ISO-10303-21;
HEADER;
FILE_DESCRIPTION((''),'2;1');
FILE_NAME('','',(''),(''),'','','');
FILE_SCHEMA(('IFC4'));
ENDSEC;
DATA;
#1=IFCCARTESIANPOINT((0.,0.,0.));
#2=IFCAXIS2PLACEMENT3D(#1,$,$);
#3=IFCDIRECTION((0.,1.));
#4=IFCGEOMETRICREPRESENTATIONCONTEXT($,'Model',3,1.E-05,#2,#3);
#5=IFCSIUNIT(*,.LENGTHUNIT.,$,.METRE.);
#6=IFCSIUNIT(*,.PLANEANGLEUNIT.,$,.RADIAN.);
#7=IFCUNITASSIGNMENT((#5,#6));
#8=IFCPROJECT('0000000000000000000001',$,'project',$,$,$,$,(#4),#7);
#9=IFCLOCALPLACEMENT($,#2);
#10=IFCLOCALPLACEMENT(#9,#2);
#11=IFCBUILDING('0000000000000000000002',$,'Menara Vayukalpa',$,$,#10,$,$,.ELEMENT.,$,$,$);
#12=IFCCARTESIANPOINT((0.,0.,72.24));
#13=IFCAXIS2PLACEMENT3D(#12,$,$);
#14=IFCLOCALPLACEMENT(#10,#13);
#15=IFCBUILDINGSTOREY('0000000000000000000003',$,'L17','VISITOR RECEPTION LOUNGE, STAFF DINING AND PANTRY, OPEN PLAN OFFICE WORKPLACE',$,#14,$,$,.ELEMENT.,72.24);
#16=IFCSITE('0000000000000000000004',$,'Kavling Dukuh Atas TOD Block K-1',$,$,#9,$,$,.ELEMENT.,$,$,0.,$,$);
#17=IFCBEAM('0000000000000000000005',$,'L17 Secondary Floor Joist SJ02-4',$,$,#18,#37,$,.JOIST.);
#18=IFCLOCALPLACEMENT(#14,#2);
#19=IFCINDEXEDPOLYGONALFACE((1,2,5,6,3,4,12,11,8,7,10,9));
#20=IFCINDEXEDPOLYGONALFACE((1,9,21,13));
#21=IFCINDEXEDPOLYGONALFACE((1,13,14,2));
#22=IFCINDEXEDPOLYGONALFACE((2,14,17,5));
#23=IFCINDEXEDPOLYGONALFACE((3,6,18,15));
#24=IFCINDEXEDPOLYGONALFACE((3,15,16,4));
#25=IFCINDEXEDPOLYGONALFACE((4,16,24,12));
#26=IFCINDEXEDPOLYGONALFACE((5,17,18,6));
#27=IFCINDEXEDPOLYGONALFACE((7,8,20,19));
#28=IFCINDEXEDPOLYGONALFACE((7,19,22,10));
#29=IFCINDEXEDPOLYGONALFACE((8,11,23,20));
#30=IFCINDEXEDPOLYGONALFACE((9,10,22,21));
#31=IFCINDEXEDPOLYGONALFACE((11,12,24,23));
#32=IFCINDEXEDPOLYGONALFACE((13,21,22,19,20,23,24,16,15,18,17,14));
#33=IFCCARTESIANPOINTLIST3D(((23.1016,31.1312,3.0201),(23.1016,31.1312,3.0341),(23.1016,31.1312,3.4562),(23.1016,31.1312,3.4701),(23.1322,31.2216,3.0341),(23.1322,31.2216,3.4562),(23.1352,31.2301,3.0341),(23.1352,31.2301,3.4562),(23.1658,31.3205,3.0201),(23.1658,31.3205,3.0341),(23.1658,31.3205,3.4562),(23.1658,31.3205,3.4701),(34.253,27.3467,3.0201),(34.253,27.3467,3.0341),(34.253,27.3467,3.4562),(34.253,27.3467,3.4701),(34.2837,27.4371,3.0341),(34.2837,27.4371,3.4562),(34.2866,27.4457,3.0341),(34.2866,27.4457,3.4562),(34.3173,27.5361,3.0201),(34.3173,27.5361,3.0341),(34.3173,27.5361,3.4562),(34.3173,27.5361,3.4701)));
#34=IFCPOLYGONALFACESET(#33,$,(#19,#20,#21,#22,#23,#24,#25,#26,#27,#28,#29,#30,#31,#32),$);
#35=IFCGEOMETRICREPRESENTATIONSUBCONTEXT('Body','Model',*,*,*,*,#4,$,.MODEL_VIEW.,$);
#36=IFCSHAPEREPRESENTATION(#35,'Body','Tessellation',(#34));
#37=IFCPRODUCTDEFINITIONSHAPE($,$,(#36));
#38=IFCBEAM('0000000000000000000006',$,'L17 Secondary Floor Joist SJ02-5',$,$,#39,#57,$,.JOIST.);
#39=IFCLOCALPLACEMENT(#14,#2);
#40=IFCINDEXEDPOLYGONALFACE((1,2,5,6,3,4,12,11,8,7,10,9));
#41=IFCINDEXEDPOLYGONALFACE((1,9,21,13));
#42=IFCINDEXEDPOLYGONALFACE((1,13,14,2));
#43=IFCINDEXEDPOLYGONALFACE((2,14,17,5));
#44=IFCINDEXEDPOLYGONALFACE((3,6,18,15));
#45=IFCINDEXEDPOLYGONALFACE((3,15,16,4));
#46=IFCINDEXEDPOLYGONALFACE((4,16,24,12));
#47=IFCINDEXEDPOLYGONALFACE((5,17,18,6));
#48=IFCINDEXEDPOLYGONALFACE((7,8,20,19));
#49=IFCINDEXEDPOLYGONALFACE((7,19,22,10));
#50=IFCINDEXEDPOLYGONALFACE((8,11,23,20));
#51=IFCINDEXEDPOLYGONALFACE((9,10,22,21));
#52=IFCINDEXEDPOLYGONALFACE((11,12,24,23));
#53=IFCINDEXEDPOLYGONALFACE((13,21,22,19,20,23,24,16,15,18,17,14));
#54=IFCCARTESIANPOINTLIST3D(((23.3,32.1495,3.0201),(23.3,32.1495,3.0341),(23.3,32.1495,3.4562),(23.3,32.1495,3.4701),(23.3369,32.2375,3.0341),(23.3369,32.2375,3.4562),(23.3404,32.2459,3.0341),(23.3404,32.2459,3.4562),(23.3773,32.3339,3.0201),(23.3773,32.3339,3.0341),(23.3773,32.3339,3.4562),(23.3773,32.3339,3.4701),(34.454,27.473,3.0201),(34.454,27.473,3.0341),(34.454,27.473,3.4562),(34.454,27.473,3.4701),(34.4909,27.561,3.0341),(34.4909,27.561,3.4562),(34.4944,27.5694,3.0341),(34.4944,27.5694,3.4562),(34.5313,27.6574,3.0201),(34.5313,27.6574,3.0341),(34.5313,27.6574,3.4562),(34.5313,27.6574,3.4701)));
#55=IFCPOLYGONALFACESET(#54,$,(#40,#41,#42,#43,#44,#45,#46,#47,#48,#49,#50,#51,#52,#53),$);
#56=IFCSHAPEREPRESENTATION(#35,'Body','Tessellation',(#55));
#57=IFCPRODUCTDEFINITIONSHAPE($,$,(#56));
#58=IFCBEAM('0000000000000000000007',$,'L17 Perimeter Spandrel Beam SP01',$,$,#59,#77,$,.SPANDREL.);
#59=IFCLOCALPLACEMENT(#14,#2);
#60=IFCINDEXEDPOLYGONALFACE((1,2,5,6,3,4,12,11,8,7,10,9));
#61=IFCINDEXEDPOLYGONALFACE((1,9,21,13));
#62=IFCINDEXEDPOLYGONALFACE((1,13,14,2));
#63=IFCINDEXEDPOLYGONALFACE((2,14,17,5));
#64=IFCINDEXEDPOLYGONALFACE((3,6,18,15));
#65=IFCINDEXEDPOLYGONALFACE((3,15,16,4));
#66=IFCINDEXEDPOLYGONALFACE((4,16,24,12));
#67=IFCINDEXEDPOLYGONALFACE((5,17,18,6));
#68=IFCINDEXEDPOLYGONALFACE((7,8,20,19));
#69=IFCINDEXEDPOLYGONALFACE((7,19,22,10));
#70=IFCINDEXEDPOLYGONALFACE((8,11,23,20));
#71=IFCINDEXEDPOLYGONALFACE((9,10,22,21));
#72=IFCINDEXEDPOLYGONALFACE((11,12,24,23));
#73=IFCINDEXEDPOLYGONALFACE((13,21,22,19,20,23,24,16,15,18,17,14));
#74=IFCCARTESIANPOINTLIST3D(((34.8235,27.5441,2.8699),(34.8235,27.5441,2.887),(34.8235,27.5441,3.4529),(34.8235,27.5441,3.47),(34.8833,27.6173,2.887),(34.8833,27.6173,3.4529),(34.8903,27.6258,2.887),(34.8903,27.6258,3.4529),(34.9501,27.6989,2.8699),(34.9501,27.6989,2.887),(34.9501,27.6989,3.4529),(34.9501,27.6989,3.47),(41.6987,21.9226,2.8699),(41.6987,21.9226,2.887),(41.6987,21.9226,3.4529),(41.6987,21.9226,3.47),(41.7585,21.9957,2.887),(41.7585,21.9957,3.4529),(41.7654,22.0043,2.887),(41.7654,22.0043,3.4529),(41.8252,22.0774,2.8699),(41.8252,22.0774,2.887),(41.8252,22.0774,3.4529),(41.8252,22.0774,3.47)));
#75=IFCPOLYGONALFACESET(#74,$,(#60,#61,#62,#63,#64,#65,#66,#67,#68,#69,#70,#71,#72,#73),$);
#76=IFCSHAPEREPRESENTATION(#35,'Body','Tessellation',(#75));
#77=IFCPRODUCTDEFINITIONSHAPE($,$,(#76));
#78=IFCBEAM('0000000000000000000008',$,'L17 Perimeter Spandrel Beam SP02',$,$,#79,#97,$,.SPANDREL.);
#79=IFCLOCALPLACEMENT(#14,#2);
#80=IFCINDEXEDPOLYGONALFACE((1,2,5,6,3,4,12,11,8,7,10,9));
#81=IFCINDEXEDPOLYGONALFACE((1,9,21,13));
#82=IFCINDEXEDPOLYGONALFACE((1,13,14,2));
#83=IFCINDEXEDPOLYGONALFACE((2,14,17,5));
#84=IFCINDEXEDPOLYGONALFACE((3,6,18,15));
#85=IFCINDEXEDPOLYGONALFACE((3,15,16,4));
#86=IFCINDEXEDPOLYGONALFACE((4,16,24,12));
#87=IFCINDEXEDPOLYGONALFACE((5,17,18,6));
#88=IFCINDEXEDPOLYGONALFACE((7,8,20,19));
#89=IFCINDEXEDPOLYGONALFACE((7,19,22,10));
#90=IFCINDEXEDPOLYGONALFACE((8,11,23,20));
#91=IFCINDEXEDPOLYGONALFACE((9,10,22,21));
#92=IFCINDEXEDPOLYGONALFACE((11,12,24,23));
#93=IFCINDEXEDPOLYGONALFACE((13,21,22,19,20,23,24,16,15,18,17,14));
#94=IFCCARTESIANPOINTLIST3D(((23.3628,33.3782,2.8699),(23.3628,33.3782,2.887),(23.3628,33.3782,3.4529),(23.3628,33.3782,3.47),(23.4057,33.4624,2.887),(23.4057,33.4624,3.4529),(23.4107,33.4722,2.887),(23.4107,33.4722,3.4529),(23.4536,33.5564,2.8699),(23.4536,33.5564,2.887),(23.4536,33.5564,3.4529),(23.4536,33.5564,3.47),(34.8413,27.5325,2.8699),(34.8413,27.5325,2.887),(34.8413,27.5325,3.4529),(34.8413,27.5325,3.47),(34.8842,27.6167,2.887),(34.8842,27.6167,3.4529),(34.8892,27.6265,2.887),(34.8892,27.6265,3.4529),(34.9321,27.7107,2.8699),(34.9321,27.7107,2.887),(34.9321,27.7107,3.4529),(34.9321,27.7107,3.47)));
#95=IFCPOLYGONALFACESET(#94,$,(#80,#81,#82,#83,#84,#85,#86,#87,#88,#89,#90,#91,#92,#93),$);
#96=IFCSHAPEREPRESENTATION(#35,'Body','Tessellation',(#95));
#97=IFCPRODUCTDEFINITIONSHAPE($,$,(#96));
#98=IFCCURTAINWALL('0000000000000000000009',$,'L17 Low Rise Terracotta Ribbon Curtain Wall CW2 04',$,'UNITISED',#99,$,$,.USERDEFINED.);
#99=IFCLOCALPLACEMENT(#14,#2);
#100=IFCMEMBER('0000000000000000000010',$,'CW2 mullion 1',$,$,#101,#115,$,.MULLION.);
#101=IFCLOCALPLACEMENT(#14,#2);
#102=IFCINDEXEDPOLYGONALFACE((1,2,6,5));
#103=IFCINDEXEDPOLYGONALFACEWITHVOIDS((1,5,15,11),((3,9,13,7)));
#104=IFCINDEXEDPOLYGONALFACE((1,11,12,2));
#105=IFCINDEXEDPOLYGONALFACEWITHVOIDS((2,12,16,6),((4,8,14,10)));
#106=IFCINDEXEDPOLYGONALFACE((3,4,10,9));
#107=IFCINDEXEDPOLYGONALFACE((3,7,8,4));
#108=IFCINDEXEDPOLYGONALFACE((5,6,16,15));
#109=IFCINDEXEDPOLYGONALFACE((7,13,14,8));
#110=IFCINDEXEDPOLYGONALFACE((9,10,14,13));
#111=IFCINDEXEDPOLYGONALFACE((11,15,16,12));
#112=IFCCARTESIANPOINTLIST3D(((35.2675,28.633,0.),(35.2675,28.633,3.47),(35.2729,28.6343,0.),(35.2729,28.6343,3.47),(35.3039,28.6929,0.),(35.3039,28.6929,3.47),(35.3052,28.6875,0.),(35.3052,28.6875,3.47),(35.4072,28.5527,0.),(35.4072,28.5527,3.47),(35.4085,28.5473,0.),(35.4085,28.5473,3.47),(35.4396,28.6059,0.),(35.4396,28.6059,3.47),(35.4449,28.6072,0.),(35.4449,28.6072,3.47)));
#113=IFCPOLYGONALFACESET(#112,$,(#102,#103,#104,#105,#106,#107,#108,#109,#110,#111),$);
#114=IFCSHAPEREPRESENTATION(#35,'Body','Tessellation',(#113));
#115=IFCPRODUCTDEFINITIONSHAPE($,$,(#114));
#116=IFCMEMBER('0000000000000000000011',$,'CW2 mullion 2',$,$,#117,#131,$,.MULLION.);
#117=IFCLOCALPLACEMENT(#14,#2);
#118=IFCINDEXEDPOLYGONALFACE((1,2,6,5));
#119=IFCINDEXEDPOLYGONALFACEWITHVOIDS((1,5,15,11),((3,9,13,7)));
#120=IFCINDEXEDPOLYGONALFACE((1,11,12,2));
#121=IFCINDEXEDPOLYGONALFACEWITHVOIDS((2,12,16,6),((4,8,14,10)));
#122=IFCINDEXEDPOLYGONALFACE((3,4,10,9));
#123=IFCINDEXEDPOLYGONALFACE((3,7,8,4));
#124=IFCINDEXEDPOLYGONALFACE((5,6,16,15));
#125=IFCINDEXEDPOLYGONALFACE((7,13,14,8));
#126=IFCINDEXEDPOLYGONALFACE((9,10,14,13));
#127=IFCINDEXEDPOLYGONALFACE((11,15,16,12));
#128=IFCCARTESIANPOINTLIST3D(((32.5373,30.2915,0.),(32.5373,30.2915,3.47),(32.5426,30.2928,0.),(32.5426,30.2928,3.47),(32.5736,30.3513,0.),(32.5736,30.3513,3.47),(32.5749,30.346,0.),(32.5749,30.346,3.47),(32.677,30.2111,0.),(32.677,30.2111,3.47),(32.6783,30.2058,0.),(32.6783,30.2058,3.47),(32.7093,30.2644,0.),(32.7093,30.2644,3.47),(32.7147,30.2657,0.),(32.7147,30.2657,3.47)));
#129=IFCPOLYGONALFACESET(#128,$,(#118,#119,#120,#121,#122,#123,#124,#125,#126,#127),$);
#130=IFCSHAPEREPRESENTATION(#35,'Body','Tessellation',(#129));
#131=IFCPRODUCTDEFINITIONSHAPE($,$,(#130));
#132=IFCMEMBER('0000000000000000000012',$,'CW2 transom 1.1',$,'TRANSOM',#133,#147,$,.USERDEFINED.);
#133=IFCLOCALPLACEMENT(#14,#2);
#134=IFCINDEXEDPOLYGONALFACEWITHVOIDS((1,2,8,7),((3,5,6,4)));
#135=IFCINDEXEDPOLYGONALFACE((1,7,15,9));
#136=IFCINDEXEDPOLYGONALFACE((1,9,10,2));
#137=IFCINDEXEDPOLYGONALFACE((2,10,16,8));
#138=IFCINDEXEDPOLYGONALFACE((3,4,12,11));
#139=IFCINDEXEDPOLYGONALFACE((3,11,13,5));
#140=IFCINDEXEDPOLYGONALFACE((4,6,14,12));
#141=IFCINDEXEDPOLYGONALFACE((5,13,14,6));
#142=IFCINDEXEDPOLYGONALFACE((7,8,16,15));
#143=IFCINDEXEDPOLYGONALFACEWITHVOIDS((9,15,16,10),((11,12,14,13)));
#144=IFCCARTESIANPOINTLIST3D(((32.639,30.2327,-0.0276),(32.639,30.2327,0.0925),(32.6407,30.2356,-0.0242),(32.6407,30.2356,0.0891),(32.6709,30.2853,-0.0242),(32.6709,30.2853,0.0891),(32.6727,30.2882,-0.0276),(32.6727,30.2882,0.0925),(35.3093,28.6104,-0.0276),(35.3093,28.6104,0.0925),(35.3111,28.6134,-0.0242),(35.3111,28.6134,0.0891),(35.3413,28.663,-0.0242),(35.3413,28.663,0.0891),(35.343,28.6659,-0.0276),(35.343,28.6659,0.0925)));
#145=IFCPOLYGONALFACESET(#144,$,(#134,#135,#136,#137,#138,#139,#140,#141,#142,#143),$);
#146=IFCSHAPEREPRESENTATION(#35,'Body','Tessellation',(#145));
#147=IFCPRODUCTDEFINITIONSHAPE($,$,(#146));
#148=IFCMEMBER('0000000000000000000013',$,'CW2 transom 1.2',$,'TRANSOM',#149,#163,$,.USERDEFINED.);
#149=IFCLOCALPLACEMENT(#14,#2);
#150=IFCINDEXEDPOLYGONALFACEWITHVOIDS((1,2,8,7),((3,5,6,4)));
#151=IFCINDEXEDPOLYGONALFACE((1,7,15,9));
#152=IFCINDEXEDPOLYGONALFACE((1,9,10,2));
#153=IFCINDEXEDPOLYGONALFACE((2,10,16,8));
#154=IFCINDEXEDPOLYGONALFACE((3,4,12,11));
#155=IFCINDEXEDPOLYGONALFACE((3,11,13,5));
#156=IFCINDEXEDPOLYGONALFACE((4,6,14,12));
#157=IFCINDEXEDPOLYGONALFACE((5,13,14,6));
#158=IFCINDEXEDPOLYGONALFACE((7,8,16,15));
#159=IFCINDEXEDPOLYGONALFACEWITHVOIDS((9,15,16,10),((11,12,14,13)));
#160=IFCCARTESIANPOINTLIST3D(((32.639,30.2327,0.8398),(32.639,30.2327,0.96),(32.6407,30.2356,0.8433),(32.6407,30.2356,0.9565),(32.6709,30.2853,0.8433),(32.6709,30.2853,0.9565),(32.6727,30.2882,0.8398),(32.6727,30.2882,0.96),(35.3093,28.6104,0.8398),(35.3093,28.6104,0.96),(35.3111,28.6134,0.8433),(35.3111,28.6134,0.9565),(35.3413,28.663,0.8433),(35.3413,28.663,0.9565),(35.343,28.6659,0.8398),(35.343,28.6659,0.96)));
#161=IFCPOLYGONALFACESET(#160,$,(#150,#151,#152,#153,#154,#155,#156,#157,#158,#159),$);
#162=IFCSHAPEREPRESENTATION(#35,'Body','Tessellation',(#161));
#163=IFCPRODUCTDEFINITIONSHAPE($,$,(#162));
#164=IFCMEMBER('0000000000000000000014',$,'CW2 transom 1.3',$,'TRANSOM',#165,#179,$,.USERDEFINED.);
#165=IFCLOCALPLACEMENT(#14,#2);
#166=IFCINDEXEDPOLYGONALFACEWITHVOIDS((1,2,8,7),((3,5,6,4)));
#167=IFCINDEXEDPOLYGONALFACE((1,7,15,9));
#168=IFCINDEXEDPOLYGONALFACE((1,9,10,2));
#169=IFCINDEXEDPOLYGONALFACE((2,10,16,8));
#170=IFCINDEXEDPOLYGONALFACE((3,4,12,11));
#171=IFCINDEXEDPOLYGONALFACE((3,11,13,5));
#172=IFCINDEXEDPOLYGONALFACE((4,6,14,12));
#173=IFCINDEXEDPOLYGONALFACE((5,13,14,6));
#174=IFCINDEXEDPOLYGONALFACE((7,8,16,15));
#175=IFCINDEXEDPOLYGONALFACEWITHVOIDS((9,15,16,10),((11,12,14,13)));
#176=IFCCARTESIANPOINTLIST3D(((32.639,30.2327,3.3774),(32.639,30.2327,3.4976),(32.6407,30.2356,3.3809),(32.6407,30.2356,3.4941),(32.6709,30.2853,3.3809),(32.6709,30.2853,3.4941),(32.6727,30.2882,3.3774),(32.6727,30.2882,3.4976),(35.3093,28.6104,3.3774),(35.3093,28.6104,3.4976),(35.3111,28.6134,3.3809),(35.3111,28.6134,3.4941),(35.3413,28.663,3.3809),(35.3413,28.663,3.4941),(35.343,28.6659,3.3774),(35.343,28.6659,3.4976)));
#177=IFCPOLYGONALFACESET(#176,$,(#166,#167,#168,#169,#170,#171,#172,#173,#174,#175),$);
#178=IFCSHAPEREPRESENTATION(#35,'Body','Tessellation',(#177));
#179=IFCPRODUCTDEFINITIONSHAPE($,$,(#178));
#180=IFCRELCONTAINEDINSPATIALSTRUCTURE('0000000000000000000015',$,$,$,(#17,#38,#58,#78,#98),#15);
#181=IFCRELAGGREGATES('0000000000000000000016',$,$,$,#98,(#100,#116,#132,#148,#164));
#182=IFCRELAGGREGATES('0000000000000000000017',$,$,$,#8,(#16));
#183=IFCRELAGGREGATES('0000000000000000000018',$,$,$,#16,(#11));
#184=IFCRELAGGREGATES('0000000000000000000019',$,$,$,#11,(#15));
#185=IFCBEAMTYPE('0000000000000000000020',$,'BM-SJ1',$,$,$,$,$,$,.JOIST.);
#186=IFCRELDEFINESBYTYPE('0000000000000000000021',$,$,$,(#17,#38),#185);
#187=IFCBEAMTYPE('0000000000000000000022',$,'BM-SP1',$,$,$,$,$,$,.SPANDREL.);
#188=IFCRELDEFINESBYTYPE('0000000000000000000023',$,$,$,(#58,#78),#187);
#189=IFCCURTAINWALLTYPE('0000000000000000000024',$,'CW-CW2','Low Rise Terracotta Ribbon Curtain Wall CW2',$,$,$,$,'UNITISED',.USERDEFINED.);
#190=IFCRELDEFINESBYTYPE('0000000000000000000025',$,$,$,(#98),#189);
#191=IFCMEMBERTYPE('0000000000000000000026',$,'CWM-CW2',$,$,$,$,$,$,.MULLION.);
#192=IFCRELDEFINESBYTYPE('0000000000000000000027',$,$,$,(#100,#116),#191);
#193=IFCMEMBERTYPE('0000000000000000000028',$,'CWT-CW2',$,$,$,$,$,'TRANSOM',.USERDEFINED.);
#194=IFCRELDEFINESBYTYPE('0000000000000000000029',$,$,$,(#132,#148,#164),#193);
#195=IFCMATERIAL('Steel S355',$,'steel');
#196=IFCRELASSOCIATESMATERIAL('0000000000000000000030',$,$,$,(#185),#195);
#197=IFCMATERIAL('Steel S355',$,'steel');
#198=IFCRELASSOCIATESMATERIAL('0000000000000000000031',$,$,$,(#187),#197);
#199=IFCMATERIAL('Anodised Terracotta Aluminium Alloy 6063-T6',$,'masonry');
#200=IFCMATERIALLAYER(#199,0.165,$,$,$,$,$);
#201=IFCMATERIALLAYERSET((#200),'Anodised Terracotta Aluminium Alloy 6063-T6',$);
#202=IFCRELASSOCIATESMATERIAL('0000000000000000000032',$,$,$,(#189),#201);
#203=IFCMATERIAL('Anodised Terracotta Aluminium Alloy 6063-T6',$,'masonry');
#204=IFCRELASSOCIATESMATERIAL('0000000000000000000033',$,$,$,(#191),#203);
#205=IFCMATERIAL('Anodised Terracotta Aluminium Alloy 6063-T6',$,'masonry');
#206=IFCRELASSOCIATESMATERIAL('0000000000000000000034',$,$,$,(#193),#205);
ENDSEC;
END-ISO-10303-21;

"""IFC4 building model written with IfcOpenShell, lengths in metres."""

from ifc_helpers import new_model, si_unit, direction, frame, origin, origin_2d, place, context, subcontext, project, spatial, hollow_rectangle, i_section, extrude, material, layer, layer_set, material_profile, profile_set, type_object, element, aggregate, save


model = new_model("IFC4")

# Units and contexts
model_context = context("Model", 3, precision=1e-05, world=origin(), true_north=direction((0.0, 1.0)))
body_context = subcontext(model_context, "Body", "Model", "MODEL_VIEW")
ifc_project = project(units=[si_unit("LENGTHUNIT", "METRE"), si_unit("PLANEANGLEUNIT", "RADIAN")], contexts=[model_context])

# Site, building, storey
site_placement = place(None, origin())
site = spatial("IfcSite", under=ifc_project, at=site_placement, Name="Kavling Dukuh Atas TOD Block K-1", CompositionType="ELEMENT", RefElevation=0.0)
building_placement = place(site_placement, origin())
building = spatial("IfcBuilding", under=site, at=building_placement, Name="Menara Vayukalpa", CompositionType="ELEMENT")
storey_placement = place(building_placement, frame((0.0, 0.0, 72.24)))
storey = spatial("IfcBuildingStorey", under=building, at=storey_placement, Name="L17", Description="VISITOR RECEPTION LOUNGE, STAFF DINING AND PANTRY, OPEN PLAN OFFICE WORKPLACE", CompositionType="ELEMENT", Elevation=72.24)

# Beams
ifc_material_1 = material(Name="Steel S355", Category="steel")
ifc_material_profile_1 = material_profile(ifc_material_1, i_section(OverallWidth=0.2, OverallDepth=0.45, WebThickness=0.009, FlangeThickness=0.0139, at=origin_2d()), Name="WF 450x200x9x14")
ifc_profile_set_1 = profile_set([ifc_material_profile_1], Name="Steel S355")
beam_type_1 = type_object("IfcBeamType", Name="BM-SJ1", PredefinedType="JOIST", material=ifc_profile_set_1)
beam_1_placement = place(storey_placement, frame((34.2852, 27.4414, 3.2451), z_axis=(-0.946955, 0.321367, 0.0), x_axis=(-0.321367, -0.946955, 0.0)))
element("IfcBeam", 1, at=beam_1_placement, inside=storey, type_object=beam_type_1, Name="L17 Secondary Floor Joist SJ02-4", PredefinedType="JOIST", context=body_context, shape_type="SweptSolid", body=[
    extrude(i_section(OverallWidth=0.2, OverallDepth=0.45, WebThickness=0.009, FlangeThickness=0.0139, at=origin_2d()), origin(), (0.0, 0.0, 1.0), 11.7761),
])
beam_2_placement = place(storey_placement, frame((34.4927, 27.5652, 3.2451), z_axis=(-0.922224, 0.386657, 0.0), x_axis=(-0.386657, -0.922224, 0.0)))
element("IfcBeam", 2, at=beam_2_placement, inside=storey, type_object=beam_type_1, Name="L17 Secondary Floor Joist SJ02-5", PredefinedType="JOIST", context=body_context, shape_type="SweptSolid", body=[
    extrude(i_section(OverallWidth=0.2, OverallDepth=0.45, WebThickness=0.009, FlangeThickness=0.0139, at=origin_2d()), origin(), (0.0, 0.0, 1.0), 12.0947),
])
ifc_material_2 = material(Name="Steel S355", Category="steel")
ifc_material_profile_2 = material_profile(ifc_material_2, i_section(OverallWidth=0.2, OverallDepth=0.6001, WebThickness=0.011, FlangeThickness=0.0171, at=origin_2d()), Name="WF 600x200x11x17")
ifc_profile_set_2 = profile_set([ifc_material_profile_2], Name="Steel S355")
beam_type_2 = type_object("IfcBeamType", Name="BM-SP1", PredefinedType="SPANDREL", material=ifc_profile_set_2)
beam_3_placement = place(storey_placement, frame((41.762, 22.0, 3.1699), z_axis=(-0.774157, 0.632994, 0.0), x_axis=(-0.632994, -0.774157, 0.0)))
element("IfcBeam", 3, at=beam_3_placement, inside=storey, type_object=beam_type_2, Name="L17 Perimeter Spandrel Beam SP01", PredefinedType="SPANDREL", context=body_context, shape_type="SweptSolid", body=[
    extrude(i_section(OverallWidth=0.2, OverallDepth=0.6001, WebThickness=0.011, FlangeThickness=0.0171, at=origin_2d()), origin(), (0.0, 0.0, 1.0), 8.8809),
])
beam_4_placement = place(storey_placement, frame((34.8867, 27.6216, 3.1699), z_axis=(-0.891097, 0.453812, 0.0), x_axis=(-0.453812, -0.891097, 0.0)))
element("IfcBeam", 4, at=beam_4_placement, inside=storey, type_object=beam_type_2, Name="L17 Perimeter Spandrel Beam SP02", PredefinedType="SPANDREL", context=body_context, shape_type="SweptSolid", body=[
    extrude(i_section(OverallWidth=0.2, OverallDepth=0.6001, WebThickness=0.011, FlangeThickness=0.0171, at=origin_2d()), origin(), (0.0, 0.0, 1.0), 12.8813),
])

# Curtain wall, members
ifc_material_3 = material(Name="Anodised Terracotta Aluminium Alloy 6063-T6", Category="masonry")
ifc_layer_1 = layer(ifc_material_3, 0.165)
ifc_layer_set_1 = layer_set([ifc_layer_1], Name="Anodised Terracotta Aluminium Alloy 6063-T6")
curtain_wall_type = type_object("IfcCurtainWallType", Name="CW-CW2", Description="Low Rise Terracotta Ribbon Curtain Wall CW2", ElementType="UNITISED", PredefinedType="USERDEFINED", material=ifc_layer_set_1)
curtain_wall_placement = place(storey_placement, origin())
curtain_wall = element("IfcCurtainWall", 5, at=curtain_wall_placement, inside=storey, type_object=curtain_wall_type, Name="L17 Low Rise Terracotta Ribbon Curtain Wall CW2 04", ObjectType="UNITISED", PredefinedType="USERDEFINED")
ifc_material_4 = material(Name="Anodised Terracotta Aluminium Alloy 6063-T6", Category="masonry")
ifc_material_profile_3 = material_profile(ifc_material_4, hollow_rectangle(XDim=0.0701, YDim=0.165, WallThickness=0.0039, at=origin_2d()), Name="ALU 70x165x4")
ifc_profile_set_3 = profile_set([ifc_material_profile_3], Name="Anodised Terracotta Aluminium Alloy 6063-T6")
member_type_1 = type_object("IfcMemberType", Name="CWM-CW2", PredefinedType="MULLION", material=ifc_profile_set_3)
member_1_placement = place(storey_placement, frame((35.3562, 28.6201, 0.0), z_axis=(0.0, 0.0, 1.0), x_axis=(-0.519183, -0.854663, 0.0)))
member_1 = element("IfcMember", 6, at=member_1_placement, type_object=member_type_1, Name="CW2 mullion 1", PredefinedType="MULLION", context=body_context, shape_type="SweptSolid", body=[
    extrude(hollow_rectangle(XDim=0.0701, YDim=0.165, WallThickness=0.0039, at=origin_2d()), origin(), (0.0, 0.0, 1.0), 3.47),
])
member_2_placement = place(storey_placement, frame((32.626, 30.2786, 0.0), z_axis=(0.0, 0.0, 1.0), x_axis=(-0.519183, -0.854663, 0.0)))
member_2 = element("IfcMember", 7, at=member_2_placement, type_object=member_type_1, Name="CW2 mullion 2", PredefinedType="MULLION", context=body_context, shape_type="SweptSolid", body=[
    extrude(hollow_rectangle(XDim=0.0701, YDim=0.165, WallThickness=0.0039, at=origin_2d()), origin(), (0.0, 0.0, 1.0), 3.47),
])
ifc_material_5 = material(Name="Anodised Terracotta Aluminium Alloy 6063-T6", Category="masonry")
ifc_material_profile_4 = material_profile(ifc_material_5, hollow_rectangle(XDim=0.0649, YDim=0.1201, WallThickness=0.0034, at=origin_2d()), Name="ALU 65x120x3.5")
ifc_profile_set_4 = profile_set([ifc_material_profile_4], Name="Anodised Terracotta Aluminium Alloy 6063-T6")
member_type_2 = type_object("IfcMemberType", Name="CWT-CW2", ElementType="TRANSOM", PredefinedType="USERDEFINED", material=ifc_profile_set_4)
member_3_placement = place(storey_placement, frame((35.3262, 28.6382, 0.0325), z_axis=(-0.854646, 0.519211, 0.0), x_axis=(-0.519211, -0.854646, 0.0)))
member_3 = element("IfcMember", 8, at=member_3_placement, type_object=member_type_2, Name="CW2 transom 1.1", ObjectType="TRANSOM", PredefinedType="USERDEFINED", context=body_context, shape_type="SweptSolid", body=[
    extrude(hollow_rectangle(XDim=0.0649, YDim=0.1201, WallThickness=0.0034, at=origin_2d()), origin(), (0.0, 0.0, 1.0), 3.1245),
])
member_4_placement = place(storey_placement, frame((35.3262, 28.6382, 0.8999), z_axis=(-0.854646, 0.519211, 0.0), x_axis=(-0.519211, -0.854646, 0.0)))
member_4 = element("IfcMember", 9, at=member_4_placement, type_object=member_type_2, Name="CW2 transom 1.2", ObjectType="TRANSOM", PredefinedType="USERDEFINED", context=body_context, shape_type="SweptSolid", body=[
    extrude(hollow_rectangle(XDim=0.0649, YDim=0.1201, WallThickness=0.0034, at=origin_2d()), origin(), (0.0, 0.0, 1.0), 3.1245),
])
member_5_placement = place(storey_placement, frame((35.3262, 28.6382, 3.4375), z_axis=(-0.854646, 0.519211, 0.0), x_axis=(-0.519211, -0.854646, 0.0)))
member_5 = element("IfcMember", 10, at=member_5_placement, type_object=member_type_2, Name="CW2 transom 1.3", ObjectType="TRANSOM", PredefinedType="USERDEFINED", context=body_context, shape_type="SweptSolid", body=[
    extrude(hollow_rectangle(XDim=0.0649, YDim=0.1201, WallThickness=0.0034, at=origin_2d()), origin(), (0.0, 0.0, 1.0), 3.1245),
])
aggregate(curtain_wall, [member_1, member_2, member_3, member_4, member_5])

save(model, "model.ifc")
